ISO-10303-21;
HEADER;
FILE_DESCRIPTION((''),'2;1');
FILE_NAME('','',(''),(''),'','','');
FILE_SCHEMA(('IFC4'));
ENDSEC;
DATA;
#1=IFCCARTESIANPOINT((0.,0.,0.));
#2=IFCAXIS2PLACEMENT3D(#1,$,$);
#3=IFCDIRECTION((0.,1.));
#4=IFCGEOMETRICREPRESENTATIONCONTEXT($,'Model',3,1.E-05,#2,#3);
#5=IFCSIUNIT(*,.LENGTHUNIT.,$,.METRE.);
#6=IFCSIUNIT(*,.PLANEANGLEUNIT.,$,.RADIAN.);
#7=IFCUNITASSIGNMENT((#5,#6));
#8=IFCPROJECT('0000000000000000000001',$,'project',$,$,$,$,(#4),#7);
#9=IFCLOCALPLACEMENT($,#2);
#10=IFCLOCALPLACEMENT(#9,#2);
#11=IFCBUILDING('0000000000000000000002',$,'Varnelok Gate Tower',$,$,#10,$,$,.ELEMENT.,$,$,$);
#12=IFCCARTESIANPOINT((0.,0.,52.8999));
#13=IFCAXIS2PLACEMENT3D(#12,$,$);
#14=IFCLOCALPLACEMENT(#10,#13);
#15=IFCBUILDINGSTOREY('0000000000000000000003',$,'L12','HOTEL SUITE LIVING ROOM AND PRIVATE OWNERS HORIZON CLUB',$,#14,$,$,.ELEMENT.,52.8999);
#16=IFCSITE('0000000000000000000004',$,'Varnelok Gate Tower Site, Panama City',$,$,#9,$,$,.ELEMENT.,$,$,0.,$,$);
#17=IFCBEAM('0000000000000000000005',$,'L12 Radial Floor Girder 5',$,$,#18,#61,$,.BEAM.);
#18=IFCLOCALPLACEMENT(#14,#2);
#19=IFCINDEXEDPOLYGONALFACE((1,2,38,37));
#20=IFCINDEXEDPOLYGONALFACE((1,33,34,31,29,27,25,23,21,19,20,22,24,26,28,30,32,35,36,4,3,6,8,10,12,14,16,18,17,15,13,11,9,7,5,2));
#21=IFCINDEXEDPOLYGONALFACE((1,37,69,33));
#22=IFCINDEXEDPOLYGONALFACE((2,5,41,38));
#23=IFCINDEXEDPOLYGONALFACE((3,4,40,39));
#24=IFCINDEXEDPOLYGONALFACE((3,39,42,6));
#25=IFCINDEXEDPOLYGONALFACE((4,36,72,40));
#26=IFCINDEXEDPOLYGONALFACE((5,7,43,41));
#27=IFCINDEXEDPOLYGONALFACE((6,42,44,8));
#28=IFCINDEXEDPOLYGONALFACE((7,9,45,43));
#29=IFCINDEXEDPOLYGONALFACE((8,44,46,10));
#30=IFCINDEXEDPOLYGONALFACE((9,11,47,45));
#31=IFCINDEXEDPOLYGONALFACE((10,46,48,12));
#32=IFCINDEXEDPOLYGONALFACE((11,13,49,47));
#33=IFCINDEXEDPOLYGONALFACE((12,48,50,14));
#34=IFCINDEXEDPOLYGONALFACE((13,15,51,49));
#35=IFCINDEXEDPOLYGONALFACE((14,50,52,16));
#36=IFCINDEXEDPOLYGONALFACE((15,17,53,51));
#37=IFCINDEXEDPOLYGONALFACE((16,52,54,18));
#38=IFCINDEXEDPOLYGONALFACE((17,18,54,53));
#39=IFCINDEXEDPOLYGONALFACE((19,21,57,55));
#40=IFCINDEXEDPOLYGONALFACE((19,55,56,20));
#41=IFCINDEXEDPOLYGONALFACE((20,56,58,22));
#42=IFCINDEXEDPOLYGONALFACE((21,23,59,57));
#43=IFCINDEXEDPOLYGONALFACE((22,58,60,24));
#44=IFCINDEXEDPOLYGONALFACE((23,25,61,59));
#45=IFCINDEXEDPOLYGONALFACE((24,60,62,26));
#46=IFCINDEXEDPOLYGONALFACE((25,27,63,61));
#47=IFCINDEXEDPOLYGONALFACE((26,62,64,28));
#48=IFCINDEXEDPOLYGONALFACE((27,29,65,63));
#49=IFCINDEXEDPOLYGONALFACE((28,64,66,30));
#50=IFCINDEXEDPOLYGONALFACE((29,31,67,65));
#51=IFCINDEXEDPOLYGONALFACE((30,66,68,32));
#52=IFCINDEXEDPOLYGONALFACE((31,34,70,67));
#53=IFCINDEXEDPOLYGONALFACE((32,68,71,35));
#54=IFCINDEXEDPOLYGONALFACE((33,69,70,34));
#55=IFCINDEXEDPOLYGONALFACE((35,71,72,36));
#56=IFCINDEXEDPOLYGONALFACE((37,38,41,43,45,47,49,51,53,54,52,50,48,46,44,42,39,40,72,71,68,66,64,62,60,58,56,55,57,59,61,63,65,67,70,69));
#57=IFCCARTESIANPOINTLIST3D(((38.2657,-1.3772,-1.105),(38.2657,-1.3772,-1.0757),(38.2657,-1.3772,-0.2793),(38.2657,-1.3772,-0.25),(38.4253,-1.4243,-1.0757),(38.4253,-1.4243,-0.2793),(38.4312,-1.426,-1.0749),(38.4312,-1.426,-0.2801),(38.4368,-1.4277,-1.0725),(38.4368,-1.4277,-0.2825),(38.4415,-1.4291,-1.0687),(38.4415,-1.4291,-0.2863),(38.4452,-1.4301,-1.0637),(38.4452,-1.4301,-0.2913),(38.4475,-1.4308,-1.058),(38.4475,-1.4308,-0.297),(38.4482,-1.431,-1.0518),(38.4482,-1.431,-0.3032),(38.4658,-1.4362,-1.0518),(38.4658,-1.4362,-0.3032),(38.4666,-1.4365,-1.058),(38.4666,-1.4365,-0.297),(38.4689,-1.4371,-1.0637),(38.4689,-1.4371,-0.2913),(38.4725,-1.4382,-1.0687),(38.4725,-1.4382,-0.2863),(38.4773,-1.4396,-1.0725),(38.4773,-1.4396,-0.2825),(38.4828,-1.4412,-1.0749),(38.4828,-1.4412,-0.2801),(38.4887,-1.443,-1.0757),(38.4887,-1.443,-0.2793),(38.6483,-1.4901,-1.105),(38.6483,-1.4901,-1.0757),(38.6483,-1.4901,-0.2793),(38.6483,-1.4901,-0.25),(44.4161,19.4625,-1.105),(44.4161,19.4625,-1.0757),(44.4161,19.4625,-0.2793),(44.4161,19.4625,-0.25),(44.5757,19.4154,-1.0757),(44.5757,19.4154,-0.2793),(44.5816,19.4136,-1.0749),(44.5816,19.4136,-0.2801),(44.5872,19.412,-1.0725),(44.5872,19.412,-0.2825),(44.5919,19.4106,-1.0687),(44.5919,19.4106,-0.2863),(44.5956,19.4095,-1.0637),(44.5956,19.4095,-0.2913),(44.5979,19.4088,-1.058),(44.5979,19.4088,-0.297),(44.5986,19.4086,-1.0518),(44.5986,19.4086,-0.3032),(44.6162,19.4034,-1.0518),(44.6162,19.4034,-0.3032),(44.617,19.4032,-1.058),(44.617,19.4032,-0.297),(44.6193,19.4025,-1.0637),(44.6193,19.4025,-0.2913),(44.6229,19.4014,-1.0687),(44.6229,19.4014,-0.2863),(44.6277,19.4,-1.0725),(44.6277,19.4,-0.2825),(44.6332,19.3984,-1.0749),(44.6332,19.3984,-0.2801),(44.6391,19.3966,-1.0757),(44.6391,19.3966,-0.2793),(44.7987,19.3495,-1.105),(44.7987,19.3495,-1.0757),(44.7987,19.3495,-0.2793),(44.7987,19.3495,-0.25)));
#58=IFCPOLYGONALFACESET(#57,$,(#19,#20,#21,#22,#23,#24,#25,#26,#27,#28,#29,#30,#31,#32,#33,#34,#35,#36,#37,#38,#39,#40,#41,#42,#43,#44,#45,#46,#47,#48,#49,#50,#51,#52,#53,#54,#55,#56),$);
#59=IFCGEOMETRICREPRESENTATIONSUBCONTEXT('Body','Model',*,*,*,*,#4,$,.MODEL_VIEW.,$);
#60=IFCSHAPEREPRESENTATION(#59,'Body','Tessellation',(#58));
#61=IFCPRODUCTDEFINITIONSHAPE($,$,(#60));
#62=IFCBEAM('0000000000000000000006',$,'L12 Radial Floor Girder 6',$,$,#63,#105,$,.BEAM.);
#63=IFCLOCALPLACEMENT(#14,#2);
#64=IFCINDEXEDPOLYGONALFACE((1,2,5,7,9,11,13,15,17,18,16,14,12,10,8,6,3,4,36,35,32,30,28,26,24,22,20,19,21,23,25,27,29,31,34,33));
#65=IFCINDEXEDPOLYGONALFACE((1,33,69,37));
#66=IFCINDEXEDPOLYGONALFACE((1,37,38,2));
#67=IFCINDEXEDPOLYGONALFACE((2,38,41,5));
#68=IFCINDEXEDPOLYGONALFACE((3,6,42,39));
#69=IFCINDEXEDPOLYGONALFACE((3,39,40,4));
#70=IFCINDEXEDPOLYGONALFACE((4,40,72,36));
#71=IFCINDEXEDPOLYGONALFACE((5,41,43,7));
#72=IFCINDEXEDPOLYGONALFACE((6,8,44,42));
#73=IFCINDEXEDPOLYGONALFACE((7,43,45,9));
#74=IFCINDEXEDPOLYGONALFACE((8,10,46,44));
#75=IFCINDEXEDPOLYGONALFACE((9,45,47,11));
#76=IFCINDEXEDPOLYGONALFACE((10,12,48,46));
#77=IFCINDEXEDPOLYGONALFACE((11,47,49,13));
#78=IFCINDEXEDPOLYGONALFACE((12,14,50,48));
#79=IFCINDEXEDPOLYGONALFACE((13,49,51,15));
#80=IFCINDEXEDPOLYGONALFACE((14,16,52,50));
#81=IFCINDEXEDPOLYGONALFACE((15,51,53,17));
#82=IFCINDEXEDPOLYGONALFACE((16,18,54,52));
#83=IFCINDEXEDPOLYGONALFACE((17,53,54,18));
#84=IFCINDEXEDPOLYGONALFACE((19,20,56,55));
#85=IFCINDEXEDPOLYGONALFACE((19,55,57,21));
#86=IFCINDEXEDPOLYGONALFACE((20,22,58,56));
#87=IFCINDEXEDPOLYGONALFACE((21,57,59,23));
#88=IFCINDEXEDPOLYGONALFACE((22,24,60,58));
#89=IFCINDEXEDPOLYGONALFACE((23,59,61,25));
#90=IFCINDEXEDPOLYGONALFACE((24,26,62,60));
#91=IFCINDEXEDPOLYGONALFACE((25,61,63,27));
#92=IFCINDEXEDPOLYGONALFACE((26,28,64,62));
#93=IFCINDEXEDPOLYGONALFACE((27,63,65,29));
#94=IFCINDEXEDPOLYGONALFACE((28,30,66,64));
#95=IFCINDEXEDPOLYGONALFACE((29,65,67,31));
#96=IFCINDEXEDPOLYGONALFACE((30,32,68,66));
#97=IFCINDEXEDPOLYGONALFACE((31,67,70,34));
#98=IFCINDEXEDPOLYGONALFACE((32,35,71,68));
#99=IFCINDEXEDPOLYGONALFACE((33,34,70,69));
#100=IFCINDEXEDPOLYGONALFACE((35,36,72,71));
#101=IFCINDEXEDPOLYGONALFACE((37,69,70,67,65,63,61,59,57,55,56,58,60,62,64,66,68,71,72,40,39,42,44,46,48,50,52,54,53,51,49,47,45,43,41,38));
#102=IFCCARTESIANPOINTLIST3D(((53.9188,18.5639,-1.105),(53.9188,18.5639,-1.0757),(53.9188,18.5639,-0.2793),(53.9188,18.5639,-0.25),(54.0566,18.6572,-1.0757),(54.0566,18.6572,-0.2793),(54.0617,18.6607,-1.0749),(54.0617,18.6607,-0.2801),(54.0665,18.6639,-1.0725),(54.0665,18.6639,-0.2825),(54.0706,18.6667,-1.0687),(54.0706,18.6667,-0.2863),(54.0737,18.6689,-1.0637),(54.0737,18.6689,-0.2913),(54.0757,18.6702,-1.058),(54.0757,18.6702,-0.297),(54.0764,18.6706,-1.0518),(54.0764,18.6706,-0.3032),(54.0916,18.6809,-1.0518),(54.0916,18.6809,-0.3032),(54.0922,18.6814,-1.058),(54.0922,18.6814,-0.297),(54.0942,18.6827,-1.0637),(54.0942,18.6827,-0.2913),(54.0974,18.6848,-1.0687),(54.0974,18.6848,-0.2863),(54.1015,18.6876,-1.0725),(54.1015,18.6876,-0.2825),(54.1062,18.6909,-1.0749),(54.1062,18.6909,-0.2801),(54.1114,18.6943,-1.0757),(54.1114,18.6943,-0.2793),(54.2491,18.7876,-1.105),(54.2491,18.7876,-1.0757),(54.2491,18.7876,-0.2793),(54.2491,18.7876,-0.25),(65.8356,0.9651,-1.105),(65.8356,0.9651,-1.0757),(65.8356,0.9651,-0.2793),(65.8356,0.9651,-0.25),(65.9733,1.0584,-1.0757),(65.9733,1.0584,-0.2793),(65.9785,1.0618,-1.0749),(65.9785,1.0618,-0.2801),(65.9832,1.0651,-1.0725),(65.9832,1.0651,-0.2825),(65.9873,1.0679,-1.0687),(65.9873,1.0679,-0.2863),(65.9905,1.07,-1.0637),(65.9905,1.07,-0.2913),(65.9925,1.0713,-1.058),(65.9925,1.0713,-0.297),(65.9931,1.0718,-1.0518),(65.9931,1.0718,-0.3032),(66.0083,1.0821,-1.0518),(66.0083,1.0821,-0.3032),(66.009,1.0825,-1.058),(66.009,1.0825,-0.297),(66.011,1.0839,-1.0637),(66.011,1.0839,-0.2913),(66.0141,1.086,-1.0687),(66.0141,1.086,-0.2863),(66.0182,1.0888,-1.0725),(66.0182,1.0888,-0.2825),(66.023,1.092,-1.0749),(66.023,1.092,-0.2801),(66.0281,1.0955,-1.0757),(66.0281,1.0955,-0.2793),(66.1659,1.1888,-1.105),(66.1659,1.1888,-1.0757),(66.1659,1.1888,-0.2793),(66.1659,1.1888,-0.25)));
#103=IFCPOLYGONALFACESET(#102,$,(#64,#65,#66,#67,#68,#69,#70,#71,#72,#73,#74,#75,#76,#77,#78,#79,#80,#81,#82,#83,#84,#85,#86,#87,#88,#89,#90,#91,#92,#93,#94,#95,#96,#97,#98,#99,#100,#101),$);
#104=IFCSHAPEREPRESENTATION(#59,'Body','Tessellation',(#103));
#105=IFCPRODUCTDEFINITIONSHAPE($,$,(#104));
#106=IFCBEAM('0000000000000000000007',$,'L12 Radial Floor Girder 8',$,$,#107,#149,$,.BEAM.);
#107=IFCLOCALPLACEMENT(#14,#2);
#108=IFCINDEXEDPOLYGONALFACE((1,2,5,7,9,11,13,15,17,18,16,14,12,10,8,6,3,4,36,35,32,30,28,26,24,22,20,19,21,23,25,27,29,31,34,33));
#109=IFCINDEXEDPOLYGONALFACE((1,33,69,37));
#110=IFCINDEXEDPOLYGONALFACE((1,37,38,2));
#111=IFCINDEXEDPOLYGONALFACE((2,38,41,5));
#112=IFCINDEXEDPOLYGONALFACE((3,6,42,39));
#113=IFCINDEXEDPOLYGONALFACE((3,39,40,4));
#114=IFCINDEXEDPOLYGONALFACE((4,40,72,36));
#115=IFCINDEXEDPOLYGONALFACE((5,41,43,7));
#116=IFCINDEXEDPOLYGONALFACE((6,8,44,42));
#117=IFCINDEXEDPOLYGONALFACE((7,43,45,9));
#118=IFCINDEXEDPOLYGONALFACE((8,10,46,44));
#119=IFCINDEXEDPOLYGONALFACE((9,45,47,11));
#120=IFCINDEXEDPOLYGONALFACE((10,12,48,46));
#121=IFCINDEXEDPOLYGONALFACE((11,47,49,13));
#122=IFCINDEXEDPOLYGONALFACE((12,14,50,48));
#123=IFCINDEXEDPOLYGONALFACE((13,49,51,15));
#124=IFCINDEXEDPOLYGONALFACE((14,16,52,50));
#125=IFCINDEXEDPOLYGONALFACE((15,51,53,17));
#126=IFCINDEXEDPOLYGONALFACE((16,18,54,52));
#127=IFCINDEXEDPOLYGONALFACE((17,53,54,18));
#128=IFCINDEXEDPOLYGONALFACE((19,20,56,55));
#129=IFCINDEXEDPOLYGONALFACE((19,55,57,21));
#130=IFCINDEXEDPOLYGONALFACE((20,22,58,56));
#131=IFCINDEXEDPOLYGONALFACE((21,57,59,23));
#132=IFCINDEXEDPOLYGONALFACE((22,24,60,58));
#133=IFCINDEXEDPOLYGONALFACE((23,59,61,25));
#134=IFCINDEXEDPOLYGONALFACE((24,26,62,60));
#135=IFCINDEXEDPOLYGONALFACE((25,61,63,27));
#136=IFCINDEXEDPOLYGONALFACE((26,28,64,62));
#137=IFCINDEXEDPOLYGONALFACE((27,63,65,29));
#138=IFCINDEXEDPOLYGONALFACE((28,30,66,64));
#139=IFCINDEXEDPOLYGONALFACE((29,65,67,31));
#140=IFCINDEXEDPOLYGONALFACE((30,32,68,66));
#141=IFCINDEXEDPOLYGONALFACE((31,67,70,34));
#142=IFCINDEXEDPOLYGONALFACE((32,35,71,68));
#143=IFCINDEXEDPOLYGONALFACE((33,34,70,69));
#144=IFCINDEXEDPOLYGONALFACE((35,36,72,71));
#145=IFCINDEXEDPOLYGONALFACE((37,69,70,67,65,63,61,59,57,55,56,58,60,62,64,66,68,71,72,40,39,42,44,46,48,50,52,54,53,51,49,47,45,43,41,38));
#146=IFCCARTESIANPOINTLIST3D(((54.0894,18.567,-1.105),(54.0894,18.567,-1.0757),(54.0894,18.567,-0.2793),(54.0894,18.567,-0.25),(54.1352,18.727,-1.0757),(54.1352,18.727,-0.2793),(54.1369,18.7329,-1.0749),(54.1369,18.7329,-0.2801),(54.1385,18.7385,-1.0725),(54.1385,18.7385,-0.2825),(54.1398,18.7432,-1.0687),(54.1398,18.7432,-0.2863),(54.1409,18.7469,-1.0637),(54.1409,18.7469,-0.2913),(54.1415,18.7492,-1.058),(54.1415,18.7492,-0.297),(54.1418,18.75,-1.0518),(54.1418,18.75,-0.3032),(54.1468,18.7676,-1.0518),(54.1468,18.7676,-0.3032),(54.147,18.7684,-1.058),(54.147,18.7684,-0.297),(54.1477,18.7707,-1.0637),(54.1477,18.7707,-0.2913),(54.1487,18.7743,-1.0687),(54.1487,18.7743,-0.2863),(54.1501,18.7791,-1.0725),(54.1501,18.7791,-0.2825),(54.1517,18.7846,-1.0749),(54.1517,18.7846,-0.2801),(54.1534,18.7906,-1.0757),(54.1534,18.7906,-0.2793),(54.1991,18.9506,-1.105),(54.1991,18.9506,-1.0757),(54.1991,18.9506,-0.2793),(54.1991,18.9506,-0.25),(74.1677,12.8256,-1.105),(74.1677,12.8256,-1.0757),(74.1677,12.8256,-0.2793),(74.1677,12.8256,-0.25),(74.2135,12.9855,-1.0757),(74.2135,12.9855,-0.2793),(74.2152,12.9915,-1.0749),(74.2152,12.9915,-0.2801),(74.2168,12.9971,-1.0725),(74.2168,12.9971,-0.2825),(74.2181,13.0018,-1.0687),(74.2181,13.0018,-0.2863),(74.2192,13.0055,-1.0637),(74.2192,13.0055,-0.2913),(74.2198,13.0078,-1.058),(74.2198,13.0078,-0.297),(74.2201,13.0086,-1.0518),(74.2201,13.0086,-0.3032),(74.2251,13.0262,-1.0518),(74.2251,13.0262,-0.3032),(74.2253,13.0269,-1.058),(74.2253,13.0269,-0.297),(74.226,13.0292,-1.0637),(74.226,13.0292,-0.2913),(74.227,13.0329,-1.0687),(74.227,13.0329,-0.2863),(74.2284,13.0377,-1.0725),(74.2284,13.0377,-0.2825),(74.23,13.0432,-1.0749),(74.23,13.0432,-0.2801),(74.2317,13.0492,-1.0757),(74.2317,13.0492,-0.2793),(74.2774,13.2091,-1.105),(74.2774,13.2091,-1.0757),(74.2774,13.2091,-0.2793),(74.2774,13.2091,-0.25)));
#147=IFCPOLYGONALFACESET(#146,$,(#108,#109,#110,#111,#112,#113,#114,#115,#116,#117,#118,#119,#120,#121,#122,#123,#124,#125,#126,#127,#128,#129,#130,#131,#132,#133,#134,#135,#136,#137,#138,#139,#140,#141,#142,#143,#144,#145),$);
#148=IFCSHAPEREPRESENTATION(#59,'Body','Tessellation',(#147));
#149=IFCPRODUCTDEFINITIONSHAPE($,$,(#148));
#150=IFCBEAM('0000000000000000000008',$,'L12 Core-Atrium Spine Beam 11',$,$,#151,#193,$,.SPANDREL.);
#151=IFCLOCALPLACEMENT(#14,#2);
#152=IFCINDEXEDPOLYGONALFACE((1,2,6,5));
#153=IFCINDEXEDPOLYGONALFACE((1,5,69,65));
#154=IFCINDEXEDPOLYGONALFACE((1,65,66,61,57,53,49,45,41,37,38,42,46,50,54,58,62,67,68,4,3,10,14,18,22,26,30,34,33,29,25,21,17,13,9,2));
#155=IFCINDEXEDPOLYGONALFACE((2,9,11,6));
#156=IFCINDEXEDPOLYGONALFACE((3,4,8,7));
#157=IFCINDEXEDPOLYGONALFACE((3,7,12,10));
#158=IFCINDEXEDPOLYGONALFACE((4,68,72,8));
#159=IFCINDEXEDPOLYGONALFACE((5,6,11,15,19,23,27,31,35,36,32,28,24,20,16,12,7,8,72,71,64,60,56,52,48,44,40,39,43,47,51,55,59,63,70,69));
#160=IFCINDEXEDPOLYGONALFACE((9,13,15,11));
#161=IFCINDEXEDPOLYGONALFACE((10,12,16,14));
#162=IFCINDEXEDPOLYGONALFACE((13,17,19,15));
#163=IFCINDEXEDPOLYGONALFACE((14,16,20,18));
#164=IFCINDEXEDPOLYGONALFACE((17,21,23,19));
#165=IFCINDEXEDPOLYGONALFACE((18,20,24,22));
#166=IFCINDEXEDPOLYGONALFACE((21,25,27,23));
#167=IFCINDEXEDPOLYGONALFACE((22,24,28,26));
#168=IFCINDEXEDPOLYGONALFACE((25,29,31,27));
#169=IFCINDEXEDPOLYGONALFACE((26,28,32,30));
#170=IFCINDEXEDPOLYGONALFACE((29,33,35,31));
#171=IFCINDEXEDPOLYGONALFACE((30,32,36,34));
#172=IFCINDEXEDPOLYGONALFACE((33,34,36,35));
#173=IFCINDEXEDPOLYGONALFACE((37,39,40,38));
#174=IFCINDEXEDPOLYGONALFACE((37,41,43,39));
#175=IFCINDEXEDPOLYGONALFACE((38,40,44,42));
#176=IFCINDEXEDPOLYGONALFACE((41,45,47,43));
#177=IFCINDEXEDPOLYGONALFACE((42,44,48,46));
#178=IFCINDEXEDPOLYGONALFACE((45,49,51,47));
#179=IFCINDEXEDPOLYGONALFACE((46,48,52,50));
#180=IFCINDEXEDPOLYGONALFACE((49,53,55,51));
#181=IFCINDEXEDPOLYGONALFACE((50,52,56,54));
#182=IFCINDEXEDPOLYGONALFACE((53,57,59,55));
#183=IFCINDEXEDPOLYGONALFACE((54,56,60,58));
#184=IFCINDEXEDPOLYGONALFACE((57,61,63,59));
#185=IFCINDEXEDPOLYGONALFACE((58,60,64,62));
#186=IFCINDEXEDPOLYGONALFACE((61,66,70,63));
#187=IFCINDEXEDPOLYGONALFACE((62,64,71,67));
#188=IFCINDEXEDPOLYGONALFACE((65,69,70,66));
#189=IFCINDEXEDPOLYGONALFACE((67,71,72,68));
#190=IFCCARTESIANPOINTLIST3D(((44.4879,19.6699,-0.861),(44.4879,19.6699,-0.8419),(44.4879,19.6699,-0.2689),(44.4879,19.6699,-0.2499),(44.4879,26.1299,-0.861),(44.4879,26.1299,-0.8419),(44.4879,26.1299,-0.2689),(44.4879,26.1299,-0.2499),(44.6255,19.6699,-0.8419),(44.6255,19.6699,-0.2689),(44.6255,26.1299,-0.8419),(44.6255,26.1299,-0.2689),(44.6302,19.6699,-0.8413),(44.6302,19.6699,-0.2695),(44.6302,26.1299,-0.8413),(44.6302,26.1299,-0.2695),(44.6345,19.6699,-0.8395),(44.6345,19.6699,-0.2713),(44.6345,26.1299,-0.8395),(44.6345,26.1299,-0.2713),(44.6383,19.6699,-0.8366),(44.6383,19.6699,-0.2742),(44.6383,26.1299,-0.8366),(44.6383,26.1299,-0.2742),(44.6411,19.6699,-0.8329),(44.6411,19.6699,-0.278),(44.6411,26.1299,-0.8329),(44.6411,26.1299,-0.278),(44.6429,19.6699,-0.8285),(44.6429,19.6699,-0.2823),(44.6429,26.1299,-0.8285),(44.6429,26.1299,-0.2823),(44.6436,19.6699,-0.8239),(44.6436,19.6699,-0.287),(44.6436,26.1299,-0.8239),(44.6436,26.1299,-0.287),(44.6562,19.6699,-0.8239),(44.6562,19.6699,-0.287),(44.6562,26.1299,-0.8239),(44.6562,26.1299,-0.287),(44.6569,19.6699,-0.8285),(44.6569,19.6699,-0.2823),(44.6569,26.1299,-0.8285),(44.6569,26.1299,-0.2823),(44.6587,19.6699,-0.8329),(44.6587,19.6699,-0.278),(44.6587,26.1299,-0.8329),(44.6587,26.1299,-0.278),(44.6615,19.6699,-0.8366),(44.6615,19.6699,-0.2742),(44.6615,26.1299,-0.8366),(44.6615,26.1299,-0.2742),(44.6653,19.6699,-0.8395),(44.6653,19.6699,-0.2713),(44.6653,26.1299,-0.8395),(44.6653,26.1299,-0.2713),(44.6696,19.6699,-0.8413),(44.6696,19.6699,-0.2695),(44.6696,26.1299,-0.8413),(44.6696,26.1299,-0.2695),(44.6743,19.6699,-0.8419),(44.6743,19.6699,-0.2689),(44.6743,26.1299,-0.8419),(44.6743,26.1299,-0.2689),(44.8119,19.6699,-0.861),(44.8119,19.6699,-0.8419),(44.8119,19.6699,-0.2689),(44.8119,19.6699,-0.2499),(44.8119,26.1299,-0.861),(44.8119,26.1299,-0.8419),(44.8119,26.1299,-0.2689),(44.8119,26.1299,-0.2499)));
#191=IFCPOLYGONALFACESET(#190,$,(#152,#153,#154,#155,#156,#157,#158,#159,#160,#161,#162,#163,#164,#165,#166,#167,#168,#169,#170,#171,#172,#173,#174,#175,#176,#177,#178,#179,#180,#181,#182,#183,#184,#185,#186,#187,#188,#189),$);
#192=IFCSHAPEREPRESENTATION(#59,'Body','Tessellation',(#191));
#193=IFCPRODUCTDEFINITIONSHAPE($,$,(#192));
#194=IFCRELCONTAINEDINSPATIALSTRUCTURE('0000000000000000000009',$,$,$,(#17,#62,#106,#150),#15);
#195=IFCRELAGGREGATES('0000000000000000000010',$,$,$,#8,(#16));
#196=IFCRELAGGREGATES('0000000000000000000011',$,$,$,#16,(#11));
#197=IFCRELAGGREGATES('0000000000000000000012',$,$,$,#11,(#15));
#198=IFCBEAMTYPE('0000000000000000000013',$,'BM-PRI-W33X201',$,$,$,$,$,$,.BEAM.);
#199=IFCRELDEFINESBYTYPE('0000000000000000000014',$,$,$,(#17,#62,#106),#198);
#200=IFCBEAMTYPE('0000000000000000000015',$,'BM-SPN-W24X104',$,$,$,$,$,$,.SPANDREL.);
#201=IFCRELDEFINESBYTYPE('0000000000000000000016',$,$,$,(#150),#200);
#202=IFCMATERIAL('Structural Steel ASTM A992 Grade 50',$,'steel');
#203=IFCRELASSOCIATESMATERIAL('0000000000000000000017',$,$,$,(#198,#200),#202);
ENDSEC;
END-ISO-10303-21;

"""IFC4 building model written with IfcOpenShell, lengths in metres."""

from ifc_helpers import new_model, si_unit, direction, frame, origin, origin_2d, place, context, subcontext, project, spatial, i_section, extrude, material, material_profile, profile_set, type_object, element, save


model = new_model("IFC4")

# Units and contexts
model_context = context("Model", 3, precision=1e-05, world=origin(), true_north=direction((0.0, 1.0)))
body_context = subcontext(model_context, "Body", "Model", "MODEL_VIEW")
ifc_project = project(units=[si_unit("LENGTHUNIT", "METRE"), si_unit("PLANEANGLEUNIT", "RADIAN")], contexts=[model_context])

# Site, building, storey
site_placement = place(None, origin())
site = spatial("IfcSite", under=ifc_project, at=site_placement, Name="Varnelok Gate Tower Site, Panama City", CompositionType="ELEMENT", RefElevation=0.0)
building_placement = place(site_placement, origin())
building = spatial("IfcBuilding", under=site, at=building_placement, Name="Varnelok Gate Tower", CompositionType="ELEMENT")
storey_placement = place(building_placement, frame((0.0, 0.0, 52.8999)))
storey = spatial("IfcBuildingStorey", under=building, at=storey_placement, Name="L12", Description="HOTEL SUITE LIVING ROOM AND PRIVATE OWNERS HORIZON CLUB", CompositionType="ELEMENT", Elevation=52.8999)

# Shared definitions
ifc_material_1 = material(Name="Structural Steel ASTM A992 Grade 50", Category="steel")

# Beams
ifc_material_profile_1 = material_profile(ifc_material_1, i_section(OverallWidth=0.3989, OverallDepth=0.855, WebThickness=0.0183, FlangeThickness=0.0293, FilletRadius=0.0239, at=origin_2d()), Name="W33X201")
ifc_profile_set_1 = profile_set([ifc_material_profile_1], Name="Structural Steel ASTM A992 Grade 50")
beam_type_1 = type_object("IfcBeamType", Name="BM-PRI-W33X201", PredefinedType="BEAM", material=ifc_profile_set_1)
beam_1_placement = place(storey_placement, frame((44.6074, 19.406, -0.6775), z_axis=(-0.28306, -0.959102, 0.0), x_axis=(0.959102, -0.28306, 0.0)))
element("IfcBeam", 1, at=beam_1_placement, inside=storey, type_object=beam_type_1, Name="L12 Radial Floor Girder 5", PredefinedType="BEAM", context=body_context, shape_type="SweptSolid", body=[
    extrude(i_section(OverallWidth=0.3989, OverallDepth=0.855, WebThickness=0.0183, FlangeThickness=0.0293, FilletRadius=0.0239, at=origin_2d()), origin(), (0.0, 0.0, 1.0), 21.7283),
])
beam_2_placement = place(storey_placement, frame((54.084, 18.6758, -0.6775), z_axis=(0.560685, -0.828029, 0.0), x_axis=(0.828029, 0.560685, 0.0)))
element("IfcBeam", 2, at=beam_2_placement, inside=storey, type_object=beam_type_1, Name="L12 Radial Floor Girder 6", PredefinedType="BEAM", context=body_context, shape_type="SweptSolid", body=[
    extrude(i_section(OverallWidth=0.3989, OverallDepth=0.855, WebThickness=0.0183, FlangeThickness=0.0293, FilletRadius=0.0239, at=origin_2d()), origin(), (0.0, 0.0, 1.0), 21.2539),
])
beam_3_placement = place(storey_placement, frame((54.1443, 18.7588, -0.6775), z_axis=(0.961463, -0.274933, 0.0), x_axis=(0.274933, 0.961463, 0.0)))
element("IfcBeam", 3, at=beam_3_placement, inside=storey, type_object=beam_type_1, Name="L12 Radial Floor Girder 8", PredefinedType="BEAM", context=body_context, shape_type="SweptSolid", body=[
    extrude(i_section(OverallWidth=0.3989, OverallDepth=0.855, WebThickness=0.0183, FlangeThickness=0.0293, FilletRadius=0.0239, at=origin_2d()), origin(), (0.0, 0.0, 1.0), 20.8831),
])
ifc_material_profile_2 = material_profile(ifc_material_1, i_section(OverallWidth=0.324, OverallDepth=0.6111, WebThickness=0.0127, FlangeThickness=0.019, FilletRadius=0.0181, at=origin_2d()), Name="W24X104")
ifc_profile_set_2 = profile_set([ifc_material_profile_2], Name="Structural Steel ASTM A992 Grade 50")
beam_type_2 = type_object("IfcBeamType", Name="BM-SPN-W24X104", PredefinedType="SPANDREL", material=ifc_profile_set_2)
beam_4_placement = place(storey_placement, frame((44.6499, 19.6699, -0.5554), z_axis=(0.0, 1.0, 0.0), x_axis=(-1.0, 0.0, 0.0)))
element("IfcBeam", 4, at=beam_4_placement, inside=storey, type_object=beam_type_2, Name="L12 Core-Atrium Spine Beam 11", PredefinedType="SPANDREL", context=body_context, shape_type="SweptSolid", body=[
    extrude(i_section(OverallWidth=0.324, OverallDepth=0.6111, WebThickness=0.0127, FlangeThickness=0.019, FilletRadius=0.0181, at=origin_2d()), origin(), (0.0, 0.0, 1.0), 6.46),
])

save(model, "model.ifc")
